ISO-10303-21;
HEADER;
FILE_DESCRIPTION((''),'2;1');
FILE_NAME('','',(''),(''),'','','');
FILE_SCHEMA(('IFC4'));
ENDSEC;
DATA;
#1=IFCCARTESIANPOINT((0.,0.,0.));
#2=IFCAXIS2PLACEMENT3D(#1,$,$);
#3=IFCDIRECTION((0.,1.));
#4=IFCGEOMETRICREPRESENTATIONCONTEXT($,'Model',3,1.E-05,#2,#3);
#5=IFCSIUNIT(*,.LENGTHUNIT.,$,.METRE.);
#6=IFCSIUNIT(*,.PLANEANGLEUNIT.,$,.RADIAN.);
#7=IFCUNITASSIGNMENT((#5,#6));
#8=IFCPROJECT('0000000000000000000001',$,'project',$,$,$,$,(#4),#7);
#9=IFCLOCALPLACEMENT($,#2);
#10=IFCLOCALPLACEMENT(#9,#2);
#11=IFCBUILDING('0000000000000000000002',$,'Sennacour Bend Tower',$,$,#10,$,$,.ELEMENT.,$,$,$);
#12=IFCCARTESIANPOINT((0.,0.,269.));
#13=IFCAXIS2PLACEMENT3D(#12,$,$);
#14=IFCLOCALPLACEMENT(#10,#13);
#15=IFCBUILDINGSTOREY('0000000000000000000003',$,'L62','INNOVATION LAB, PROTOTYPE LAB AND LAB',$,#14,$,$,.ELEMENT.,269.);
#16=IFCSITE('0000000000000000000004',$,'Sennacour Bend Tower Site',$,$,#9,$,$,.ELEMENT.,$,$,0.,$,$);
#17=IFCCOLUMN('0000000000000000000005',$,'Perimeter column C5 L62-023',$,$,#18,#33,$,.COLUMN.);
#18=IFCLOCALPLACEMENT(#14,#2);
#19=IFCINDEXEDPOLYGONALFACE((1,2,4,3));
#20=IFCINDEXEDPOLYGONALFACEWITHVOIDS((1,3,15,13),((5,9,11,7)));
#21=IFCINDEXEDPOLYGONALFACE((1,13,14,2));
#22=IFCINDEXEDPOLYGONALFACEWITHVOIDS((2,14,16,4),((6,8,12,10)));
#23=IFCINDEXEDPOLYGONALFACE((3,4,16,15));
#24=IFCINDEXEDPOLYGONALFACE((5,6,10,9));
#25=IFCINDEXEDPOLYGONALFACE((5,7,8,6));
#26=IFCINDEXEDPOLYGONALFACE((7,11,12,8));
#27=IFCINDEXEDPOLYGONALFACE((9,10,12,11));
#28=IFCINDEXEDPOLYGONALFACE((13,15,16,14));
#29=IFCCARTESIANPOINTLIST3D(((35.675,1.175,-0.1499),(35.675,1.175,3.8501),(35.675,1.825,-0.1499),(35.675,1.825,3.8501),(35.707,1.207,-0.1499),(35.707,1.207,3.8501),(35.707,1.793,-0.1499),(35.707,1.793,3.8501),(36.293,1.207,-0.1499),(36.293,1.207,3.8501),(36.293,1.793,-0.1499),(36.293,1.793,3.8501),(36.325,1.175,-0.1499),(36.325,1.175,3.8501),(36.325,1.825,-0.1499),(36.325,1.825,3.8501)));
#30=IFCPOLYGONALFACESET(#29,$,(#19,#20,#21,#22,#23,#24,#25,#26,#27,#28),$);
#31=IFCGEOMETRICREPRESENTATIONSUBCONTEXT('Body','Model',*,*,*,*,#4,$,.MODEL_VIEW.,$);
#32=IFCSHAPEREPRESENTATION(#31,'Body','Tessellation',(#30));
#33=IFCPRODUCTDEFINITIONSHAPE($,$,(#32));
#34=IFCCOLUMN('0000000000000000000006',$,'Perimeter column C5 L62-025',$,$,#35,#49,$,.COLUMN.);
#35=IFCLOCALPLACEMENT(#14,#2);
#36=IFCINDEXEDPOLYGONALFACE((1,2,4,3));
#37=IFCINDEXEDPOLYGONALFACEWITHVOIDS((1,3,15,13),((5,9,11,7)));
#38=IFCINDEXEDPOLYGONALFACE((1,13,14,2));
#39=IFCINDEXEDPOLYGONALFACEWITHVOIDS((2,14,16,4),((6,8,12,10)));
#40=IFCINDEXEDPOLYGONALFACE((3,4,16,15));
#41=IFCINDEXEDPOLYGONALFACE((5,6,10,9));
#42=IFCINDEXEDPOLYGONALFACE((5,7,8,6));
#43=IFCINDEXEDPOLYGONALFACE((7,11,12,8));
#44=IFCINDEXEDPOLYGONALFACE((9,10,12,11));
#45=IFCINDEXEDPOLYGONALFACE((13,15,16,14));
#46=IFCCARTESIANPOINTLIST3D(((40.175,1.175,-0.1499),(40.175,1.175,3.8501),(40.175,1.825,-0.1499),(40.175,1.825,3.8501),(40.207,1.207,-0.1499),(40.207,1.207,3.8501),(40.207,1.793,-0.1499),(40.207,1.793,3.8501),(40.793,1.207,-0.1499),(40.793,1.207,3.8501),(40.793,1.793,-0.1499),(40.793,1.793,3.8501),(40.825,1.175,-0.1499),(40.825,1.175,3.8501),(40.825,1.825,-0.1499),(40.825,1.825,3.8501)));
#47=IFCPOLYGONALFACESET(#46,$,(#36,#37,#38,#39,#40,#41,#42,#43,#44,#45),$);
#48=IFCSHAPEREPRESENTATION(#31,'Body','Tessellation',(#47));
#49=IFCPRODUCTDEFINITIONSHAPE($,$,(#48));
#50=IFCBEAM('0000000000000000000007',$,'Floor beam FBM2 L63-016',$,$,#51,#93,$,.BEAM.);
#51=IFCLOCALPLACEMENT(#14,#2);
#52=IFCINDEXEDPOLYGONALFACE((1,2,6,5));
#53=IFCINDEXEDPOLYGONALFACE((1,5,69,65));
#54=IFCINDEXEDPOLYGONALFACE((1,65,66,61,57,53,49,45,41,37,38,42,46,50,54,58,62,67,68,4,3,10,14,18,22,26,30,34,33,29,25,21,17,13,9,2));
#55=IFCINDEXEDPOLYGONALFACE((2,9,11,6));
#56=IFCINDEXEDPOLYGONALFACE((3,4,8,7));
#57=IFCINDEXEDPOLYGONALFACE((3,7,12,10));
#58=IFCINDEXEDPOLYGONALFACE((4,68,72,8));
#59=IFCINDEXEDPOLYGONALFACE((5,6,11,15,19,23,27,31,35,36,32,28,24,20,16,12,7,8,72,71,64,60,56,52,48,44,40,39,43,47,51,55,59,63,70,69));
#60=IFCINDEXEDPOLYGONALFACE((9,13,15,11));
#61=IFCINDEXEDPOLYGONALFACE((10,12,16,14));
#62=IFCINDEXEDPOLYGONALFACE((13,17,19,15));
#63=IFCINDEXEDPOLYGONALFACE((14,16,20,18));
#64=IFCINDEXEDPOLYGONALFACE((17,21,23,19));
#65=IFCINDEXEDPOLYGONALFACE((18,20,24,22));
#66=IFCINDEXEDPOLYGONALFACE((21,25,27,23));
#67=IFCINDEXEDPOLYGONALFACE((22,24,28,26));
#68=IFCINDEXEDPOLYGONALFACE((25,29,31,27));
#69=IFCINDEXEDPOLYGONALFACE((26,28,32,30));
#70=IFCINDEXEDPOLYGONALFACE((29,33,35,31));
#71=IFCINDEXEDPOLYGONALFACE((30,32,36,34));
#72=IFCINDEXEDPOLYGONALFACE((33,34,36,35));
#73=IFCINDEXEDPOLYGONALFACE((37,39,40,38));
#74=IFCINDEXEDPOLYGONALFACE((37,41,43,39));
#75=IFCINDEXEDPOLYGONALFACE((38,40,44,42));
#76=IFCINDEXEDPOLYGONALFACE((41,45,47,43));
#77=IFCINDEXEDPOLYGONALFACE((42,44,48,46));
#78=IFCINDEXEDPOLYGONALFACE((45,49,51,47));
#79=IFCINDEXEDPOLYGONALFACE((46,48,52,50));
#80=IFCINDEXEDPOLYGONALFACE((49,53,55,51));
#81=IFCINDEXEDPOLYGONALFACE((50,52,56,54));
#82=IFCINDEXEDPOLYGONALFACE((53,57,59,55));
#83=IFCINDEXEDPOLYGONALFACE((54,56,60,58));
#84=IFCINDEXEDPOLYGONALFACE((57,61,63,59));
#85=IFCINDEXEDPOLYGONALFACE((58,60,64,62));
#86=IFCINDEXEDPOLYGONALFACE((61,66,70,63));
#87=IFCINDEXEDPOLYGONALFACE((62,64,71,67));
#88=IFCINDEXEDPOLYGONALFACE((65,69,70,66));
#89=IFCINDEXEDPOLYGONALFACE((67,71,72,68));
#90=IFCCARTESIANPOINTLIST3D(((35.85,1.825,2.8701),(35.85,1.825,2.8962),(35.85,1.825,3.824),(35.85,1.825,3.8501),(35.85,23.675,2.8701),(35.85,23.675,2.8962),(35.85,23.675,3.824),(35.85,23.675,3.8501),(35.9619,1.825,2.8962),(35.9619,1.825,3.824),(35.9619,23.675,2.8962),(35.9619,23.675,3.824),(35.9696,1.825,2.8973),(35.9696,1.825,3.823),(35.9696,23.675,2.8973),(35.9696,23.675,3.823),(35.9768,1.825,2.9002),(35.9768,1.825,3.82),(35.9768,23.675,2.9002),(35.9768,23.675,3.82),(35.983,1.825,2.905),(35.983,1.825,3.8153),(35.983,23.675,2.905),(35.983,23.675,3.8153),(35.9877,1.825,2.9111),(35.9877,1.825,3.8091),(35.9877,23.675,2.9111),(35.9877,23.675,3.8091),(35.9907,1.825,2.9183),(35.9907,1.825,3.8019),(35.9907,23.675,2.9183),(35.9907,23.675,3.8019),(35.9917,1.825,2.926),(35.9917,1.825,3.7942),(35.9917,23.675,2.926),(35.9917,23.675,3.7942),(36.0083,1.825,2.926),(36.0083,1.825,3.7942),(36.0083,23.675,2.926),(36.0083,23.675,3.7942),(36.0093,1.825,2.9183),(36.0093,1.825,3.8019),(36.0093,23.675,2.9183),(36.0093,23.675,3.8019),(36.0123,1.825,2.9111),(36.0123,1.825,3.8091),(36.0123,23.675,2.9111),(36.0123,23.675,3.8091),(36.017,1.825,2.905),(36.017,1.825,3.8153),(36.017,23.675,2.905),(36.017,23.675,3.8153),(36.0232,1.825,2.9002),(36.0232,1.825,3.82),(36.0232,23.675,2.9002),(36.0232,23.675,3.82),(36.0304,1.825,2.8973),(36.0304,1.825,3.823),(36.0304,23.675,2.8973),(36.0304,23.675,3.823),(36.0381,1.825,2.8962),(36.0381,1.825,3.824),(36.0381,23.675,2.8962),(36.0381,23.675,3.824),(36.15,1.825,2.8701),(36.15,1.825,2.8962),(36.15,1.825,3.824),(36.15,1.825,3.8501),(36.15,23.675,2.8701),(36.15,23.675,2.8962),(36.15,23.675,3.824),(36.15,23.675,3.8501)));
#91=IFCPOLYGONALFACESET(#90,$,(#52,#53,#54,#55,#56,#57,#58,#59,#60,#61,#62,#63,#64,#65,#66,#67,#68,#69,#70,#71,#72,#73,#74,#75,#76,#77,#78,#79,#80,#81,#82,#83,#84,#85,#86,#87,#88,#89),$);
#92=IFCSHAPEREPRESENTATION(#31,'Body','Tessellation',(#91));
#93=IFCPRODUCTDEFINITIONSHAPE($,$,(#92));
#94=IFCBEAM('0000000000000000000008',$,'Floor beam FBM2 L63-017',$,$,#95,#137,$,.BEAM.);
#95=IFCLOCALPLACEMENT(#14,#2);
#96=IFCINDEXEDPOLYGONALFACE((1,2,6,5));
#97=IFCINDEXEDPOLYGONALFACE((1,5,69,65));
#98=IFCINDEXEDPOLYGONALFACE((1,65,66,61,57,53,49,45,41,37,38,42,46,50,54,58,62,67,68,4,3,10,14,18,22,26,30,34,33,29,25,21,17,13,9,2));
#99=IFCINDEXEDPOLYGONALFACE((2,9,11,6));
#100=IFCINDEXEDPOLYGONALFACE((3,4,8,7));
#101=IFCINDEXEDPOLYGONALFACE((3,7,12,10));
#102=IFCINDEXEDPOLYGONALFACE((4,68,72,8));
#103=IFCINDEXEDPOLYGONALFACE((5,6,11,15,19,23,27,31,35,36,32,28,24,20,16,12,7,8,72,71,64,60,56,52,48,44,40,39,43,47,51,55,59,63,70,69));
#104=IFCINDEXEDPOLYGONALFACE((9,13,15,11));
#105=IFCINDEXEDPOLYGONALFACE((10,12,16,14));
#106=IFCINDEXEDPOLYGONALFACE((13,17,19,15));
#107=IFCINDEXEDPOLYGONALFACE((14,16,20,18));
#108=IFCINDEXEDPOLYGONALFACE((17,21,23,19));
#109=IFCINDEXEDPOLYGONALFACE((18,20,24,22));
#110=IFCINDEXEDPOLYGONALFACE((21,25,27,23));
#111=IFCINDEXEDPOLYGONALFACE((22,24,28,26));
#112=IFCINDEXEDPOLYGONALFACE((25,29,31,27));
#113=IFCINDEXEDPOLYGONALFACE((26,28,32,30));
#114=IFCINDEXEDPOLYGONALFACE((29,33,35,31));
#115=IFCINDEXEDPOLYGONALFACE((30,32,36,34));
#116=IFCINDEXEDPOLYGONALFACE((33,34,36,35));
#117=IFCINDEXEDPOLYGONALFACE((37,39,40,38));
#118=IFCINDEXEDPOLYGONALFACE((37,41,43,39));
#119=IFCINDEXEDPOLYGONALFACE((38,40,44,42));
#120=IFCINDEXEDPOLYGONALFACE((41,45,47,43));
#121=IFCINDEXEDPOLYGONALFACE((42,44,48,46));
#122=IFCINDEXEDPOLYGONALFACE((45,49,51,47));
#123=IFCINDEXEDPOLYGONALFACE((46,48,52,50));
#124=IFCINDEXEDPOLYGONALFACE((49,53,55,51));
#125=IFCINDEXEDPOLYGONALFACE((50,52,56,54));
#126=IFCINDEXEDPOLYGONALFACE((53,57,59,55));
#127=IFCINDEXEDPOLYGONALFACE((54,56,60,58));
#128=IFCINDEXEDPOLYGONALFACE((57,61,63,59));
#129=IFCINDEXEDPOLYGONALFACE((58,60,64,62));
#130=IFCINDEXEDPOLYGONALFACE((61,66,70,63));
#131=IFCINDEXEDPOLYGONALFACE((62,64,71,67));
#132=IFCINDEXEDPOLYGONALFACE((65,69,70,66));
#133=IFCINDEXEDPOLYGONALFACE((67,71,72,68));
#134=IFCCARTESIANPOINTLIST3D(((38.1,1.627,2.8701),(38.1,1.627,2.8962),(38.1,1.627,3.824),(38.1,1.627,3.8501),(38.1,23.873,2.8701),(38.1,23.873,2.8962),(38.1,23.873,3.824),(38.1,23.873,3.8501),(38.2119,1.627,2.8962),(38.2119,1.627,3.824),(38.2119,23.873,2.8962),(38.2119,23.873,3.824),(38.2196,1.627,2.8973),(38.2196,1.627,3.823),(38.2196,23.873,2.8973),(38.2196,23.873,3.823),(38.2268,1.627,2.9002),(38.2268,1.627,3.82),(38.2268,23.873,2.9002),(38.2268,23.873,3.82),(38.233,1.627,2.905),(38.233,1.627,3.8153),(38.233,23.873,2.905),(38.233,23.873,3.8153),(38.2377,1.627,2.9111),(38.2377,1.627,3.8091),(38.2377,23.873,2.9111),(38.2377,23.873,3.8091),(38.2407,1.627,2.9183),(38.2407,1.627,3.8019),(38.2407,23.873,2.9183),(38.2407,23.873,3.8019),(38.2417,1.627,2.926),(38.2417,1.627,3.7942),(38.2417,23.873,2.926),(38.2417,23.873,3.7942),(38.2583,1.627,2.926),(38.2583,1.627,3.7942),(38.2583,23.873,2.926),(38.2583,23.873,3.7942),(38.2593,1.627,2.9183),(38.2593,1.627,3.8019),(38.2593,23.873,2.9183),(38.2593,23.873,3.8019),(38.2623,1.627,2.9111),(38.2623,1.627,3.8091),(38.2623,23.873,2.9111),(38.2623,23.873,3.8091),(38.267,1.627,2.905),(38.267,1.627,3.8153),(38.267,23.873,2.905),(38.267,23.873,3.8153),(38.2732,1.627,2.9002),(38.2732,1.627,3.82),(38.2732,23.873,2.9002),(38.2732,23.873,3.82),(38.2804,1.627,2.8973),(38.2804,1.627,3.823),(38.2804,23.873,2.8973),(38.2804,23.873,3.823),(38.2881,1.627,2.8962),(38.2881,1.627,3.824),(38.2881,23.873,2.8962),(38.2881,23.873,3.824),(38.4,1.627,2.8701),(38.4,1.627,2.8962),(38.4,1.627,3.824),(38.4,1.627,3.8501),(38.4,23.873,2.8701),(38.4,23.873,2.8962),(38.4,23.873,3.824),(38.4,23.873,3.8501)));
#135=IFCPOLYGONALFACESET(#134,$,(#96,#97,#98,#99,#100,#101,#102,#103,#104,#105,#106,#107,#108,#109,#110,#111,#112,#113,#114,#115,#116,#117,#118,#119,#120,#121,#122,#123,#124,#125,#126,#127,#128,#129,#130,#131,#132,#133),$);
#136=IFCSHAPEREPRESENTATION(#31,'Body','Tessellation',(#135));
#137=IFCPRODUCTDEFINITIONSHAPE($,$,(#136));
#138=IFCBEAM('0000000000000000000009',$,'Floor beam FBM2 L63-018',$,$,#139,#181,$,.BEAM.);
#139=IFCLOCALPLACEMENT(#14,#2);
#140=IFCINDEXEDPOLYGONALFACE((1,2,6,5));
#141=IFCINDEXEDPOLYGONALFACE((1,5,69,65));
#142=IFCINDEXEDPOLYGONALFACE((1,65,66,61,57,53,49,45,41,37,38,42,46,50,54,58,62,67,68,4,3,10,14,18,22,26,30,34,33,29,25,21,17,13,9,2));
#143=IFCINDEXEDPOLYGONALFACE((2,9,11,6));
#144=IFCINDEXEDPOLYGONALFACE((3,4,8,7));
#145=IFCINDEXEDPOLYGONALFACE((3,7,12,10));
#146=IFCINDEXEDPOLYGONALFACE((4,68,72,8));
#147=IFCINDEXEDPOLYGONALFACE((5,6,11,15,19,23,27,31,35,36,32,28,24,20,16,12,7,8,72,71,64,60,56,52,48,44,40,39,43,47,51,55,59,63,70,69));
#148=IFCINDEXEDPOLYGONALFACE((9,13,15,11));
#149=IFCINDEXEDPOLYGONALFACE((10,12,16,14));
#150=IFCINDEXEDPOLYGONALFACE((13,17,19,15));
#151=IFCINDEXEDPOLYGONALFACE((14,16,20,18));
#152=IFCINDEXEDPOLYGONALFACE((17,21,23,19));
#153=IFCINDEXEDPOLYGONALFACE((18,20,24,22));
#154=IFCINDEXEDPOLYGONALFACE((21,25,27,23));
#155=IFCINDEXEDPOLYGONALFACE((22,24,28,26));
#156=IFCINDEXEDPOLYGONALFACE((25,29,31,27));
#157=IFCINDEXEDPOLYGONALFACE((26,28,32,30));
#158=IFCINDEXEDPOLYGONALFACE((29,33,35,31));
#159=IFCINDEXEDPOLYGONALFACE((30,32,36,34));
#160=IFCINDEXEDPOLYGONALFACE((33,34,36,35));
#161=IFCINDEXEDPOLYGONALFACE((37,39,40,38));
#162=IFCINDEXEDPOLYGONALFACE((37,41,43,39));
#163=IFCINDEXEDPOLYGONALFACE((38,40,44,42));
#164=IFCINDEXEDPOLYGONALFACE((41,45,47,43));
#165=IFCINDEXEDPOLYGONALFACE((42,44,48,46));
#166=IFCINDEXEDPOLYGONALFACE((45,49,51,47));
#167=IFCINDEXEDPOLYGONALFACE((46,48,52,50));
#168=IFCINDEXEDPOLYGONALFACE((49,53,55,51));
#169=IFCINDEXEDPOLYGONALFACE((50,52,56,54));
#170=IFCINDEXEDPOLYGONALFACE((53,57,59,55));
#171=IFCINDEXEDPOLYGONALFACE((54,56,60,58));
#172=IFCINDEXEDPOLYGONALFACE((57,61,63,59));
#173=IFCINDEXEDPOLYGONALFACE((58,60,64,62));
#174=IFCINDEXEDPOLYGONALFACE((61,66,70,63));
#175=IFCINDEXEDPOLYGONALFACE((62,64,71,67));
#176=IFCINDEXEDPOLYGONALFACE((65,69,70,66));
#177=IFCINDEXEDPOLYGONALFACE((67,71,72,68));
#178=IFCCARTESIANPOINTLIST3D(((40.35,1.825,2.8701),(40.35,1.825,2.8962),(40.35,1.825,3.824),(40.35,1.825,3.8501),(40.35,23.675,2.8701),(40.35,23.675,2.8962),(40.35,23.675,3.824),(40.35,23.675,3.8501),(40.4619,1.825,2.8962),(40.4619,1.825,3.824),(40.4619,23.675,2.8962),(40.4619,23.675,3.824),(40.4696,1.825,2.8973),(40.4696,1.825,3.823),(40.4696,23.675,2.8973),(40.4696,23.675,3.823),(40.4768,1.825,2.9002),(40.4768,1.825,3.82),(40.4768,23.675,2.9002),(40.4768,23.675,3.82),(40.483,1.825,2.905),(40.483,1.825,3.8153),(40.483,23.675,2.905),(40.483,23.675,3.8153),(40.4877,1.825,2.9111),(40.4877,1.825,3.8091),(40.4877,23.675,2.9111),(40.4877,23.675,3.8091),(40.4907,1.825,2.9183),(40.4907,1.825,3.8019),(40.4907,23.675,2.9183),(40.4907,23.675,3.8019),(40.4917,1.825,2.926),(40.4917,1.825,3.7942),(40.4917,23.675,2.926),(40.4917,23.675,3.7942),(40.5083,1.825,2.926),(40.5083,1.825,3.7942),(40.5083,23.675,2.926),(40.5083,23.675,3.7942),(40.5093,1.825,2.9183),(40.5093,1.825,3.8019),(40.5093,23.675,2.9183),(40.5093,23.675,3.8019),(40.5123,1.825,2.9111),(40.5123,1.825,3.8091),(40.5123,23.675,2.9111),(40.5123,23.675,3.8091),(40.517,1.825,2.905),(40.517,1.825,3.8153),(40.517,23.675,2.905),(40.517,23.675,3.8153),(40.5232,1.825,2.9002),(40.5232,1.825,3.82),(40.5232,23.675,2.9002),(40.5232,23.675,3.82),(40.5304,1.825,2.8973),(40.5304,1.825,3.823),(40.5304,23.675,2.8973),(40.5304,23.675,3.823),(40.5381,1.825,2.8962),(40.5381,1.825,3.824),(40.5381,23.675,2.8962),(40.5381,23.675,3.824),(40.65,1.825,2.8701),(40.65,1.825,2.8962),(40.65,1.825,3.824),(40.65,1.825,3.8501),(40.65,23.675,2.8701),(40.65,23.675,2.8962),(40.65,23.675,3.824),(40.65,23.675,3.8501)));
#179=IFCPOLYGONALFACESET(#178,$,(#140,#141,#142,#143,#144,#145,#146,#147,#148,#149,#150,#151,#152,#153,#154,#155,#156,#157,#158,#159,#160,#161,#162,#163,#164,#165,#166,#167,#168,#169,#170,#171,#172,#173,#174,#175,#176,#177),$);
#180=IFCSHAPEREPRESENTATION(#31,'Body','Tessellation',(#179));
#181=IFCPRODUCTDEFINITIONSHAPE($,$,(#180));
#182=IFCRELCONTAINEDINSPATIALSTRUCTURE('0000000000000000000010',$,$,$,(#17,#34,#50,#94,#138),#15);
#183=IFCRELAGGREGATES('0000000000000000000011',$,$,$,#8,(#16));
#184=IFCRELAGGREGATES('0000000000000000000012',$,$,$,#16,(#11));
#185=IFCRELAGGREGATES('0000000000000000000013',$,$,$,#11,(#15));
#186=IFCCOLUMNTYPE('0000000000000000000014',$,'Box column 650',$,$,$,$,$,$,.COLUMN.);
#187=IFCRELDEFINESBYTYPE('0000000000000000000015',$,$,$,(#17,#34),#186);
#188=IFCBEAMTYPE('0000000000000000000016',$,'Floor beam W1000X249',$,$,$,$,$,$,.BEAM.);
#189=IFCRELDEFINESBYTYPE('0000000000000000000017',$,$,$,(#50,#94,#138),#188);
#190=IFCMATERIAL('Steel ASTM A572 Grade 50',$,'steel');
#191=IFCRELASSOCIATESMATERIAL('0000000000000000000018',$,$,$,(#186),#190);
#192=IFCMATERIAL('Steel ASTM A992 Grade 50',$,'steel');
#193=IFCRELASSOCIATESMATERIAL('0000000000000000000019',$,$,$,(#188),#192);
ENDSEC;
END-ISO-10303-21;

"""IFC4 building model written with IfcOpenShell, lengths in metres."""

from ifc_helpers import new_model, si_unit, direction, frame, origin, origin_2d, place, context, subcontext, project, spatial, hollow_rectangle, i_section, extrude, material, material_profile, profile_set, type_object, element, save


model = new_model("IFC4")

# Units and contexts
model_context = context("Model", 3, precision=1e-05, world=origin(), true_north=direction((0.0, 1.0)))
body_context = subcontext(model_context, "Body", "Model", "MODEL_VIEW")
ifc_project = project(units=[si_unit("LENGTHUNIT", "METRE"), si_unit("PLANEANGLEUNIT", "RADIAN")], contexts=[model_context])

# Site, building, storey
site_placement = place(None, origin())
site = spatial("IfcSite", under=ifc_project, at=site_placement, Name="Sennacour Bend Tower Site", CompositionType="ELEMENT", RefElevation=0.0)
building_placement = place(site_placement, origin())
building = spatial("IfcBuilding", under=site, at=building_placement, Name="Sennacour Bend Tower", CompositionType="ELEMENT")
storey_placement = place(building_placement, frame((0.0, 0.0, 269.0)))
storey = spatial("IfcBuildingStorey", under=building, at=storey_placement, Name="L62", Description="INNOVATION LAB, PROTOTYPE LAB AND LAB", CompositionType="ELEMENT", Elevation=269.0)

# Columns
ifc_material_1 = material(Name="Steel ASTM A572 Grade 50", Category="steel")
ifc_material_profile_1 = material_profile(ifc_material_1, hollow_rectangle(XDim=0.6499, YDim=0.6499, WallThickness=0.032, at=origin_2d()), Name="Steel ASTM A572 Grade 50", Category="steel")
ifc_profile_set_1 = profile_set([ifc_material_profile_1], Name="Steel ASTM A572 Grade 50")
column_type = type_object("IfcColumnType", Name="Box column 650", PredefinedType="COLUMN", material=ifc_profile_set_1)
for number, where, z_axis, x_axis, name in (
    (1, (36.0, 1.5, -0.1499), (0.0, 0.0, 1.0), (1.0, 0.0, 0.0), "Perimeter column C5 L62-023"),
    (2, (40.5, 1.5, -0.1499), (0.0, 0.0, 1.0), (1.0, 0.0, 0.0), "Perimeter column C5 L62-025"),
):
    element("IfcColumn", number, at=place(storey_placement, frame(where, z_axis=z_axis, x_axis=x_axis)), inside=storey, type_object=column_type, Name=name, PredefinedType="COLUMN", context=body_context, shape_type="SweptSolid", body=[
        extrude(hollow_rectangle(XDim=0.6499, YDim=0.6499, WallThickness=0.032, at=origin_2d()), origin(), (0.0, 0.0, 1.0), 4.0),
    ])

# Beams
ifc_material_2 = material(Name="Steel ASTM A992 Grade 50", Category="steel")
ifc_material_profile_2 = material_profile(ifc_material_2, i_section(OverallWidth=0.3, OverallDepth=0.98, WebThickness=0.0166, FlangeThickness=0.0261, FilletRadius=0.0298, at=origin_2d()), Name="Steel ASTM A992 Grade 50", Category="steel")
ifc_profile_set_2 = profile_set([ifc_material_profile_2], Name="Steel ASTM A992 Grade 50")
beam_type_1 = type_object("IfcBeamType", Name="Floor beam W1000X249", PredefinedType="BEAM", material=ifc_profile_set_2)
beam_1_placement = place(storey_placement, frame((36.0, 1.825, 3.3601), z_axis=(0.0, 1.0, 0.0), x_axis=(-1.0, 0.0, 0.0)))
element("IfcBeam", 3, at=beam_1_placement, inside=storey, type_object=beam_type_1, Name="Floor beam FBM2 L63-016", PredefinedType="BEAM", context=body_context, shape_type="SweptSolid", body=[
    extrude(i_section(OverallWidth=0.3, OverallDepth=0.98, WebThickness=0.0166, FlangeThickness=0.0261, FilletRadius=0.0298, at=origin_2d()), origin(), (0.0, 0.0, 1.0), 21.8501),
])
beam_2_placement = place(storey_placement, frame((38.25, 1.627, 3.3601), z_axis=(0.0, 1.0, 0.0), x_axis=(-1.0, 0.0, 0.0)))
element("IfcBeam", 4, at=beam_2_placement, inside=storey, type_object=beam_type_1, Name="Floor beam FBM2 L63-017", PredefinedType="BEAM", context=body_context, shape_type="SweptSolid", body=[
    extrude(i_section(OverallWidth=0.3, OverallDepth=0.98, WebThickness=0.0166, FlangeThickness=0.0261, FilletRadius=0.0298, at=origin_2d()), origin(), (0.0, 0.0, 1.0), 22.2461),
])
beam_3_placement = place(storey_placement, frame((40.5, 1.825, 3.3601), z_axis=(0.0, 1.0, 0.0), x_axis=(-1.0, 0.0, 0.0)))
element("IfcBeam", 5, at=beam_3_placement, inside=storey, type_object=beam_type_1, Name="Floor beam FBM2 L63-018", PredefinedType="BEAM", context=body_context, shape_type="SweptSolid", body=[
    extrude(i_section(OverallWidth=0.3, OverallDepth=0.98, WebThickness=0.0166, FlangeThickness=0.0261, FilletRadius=0.0298, at=origin_2d()), origin(), (0.0, 0.0, 1.0), 21.8501),
])

save(model, "model.ifc")
